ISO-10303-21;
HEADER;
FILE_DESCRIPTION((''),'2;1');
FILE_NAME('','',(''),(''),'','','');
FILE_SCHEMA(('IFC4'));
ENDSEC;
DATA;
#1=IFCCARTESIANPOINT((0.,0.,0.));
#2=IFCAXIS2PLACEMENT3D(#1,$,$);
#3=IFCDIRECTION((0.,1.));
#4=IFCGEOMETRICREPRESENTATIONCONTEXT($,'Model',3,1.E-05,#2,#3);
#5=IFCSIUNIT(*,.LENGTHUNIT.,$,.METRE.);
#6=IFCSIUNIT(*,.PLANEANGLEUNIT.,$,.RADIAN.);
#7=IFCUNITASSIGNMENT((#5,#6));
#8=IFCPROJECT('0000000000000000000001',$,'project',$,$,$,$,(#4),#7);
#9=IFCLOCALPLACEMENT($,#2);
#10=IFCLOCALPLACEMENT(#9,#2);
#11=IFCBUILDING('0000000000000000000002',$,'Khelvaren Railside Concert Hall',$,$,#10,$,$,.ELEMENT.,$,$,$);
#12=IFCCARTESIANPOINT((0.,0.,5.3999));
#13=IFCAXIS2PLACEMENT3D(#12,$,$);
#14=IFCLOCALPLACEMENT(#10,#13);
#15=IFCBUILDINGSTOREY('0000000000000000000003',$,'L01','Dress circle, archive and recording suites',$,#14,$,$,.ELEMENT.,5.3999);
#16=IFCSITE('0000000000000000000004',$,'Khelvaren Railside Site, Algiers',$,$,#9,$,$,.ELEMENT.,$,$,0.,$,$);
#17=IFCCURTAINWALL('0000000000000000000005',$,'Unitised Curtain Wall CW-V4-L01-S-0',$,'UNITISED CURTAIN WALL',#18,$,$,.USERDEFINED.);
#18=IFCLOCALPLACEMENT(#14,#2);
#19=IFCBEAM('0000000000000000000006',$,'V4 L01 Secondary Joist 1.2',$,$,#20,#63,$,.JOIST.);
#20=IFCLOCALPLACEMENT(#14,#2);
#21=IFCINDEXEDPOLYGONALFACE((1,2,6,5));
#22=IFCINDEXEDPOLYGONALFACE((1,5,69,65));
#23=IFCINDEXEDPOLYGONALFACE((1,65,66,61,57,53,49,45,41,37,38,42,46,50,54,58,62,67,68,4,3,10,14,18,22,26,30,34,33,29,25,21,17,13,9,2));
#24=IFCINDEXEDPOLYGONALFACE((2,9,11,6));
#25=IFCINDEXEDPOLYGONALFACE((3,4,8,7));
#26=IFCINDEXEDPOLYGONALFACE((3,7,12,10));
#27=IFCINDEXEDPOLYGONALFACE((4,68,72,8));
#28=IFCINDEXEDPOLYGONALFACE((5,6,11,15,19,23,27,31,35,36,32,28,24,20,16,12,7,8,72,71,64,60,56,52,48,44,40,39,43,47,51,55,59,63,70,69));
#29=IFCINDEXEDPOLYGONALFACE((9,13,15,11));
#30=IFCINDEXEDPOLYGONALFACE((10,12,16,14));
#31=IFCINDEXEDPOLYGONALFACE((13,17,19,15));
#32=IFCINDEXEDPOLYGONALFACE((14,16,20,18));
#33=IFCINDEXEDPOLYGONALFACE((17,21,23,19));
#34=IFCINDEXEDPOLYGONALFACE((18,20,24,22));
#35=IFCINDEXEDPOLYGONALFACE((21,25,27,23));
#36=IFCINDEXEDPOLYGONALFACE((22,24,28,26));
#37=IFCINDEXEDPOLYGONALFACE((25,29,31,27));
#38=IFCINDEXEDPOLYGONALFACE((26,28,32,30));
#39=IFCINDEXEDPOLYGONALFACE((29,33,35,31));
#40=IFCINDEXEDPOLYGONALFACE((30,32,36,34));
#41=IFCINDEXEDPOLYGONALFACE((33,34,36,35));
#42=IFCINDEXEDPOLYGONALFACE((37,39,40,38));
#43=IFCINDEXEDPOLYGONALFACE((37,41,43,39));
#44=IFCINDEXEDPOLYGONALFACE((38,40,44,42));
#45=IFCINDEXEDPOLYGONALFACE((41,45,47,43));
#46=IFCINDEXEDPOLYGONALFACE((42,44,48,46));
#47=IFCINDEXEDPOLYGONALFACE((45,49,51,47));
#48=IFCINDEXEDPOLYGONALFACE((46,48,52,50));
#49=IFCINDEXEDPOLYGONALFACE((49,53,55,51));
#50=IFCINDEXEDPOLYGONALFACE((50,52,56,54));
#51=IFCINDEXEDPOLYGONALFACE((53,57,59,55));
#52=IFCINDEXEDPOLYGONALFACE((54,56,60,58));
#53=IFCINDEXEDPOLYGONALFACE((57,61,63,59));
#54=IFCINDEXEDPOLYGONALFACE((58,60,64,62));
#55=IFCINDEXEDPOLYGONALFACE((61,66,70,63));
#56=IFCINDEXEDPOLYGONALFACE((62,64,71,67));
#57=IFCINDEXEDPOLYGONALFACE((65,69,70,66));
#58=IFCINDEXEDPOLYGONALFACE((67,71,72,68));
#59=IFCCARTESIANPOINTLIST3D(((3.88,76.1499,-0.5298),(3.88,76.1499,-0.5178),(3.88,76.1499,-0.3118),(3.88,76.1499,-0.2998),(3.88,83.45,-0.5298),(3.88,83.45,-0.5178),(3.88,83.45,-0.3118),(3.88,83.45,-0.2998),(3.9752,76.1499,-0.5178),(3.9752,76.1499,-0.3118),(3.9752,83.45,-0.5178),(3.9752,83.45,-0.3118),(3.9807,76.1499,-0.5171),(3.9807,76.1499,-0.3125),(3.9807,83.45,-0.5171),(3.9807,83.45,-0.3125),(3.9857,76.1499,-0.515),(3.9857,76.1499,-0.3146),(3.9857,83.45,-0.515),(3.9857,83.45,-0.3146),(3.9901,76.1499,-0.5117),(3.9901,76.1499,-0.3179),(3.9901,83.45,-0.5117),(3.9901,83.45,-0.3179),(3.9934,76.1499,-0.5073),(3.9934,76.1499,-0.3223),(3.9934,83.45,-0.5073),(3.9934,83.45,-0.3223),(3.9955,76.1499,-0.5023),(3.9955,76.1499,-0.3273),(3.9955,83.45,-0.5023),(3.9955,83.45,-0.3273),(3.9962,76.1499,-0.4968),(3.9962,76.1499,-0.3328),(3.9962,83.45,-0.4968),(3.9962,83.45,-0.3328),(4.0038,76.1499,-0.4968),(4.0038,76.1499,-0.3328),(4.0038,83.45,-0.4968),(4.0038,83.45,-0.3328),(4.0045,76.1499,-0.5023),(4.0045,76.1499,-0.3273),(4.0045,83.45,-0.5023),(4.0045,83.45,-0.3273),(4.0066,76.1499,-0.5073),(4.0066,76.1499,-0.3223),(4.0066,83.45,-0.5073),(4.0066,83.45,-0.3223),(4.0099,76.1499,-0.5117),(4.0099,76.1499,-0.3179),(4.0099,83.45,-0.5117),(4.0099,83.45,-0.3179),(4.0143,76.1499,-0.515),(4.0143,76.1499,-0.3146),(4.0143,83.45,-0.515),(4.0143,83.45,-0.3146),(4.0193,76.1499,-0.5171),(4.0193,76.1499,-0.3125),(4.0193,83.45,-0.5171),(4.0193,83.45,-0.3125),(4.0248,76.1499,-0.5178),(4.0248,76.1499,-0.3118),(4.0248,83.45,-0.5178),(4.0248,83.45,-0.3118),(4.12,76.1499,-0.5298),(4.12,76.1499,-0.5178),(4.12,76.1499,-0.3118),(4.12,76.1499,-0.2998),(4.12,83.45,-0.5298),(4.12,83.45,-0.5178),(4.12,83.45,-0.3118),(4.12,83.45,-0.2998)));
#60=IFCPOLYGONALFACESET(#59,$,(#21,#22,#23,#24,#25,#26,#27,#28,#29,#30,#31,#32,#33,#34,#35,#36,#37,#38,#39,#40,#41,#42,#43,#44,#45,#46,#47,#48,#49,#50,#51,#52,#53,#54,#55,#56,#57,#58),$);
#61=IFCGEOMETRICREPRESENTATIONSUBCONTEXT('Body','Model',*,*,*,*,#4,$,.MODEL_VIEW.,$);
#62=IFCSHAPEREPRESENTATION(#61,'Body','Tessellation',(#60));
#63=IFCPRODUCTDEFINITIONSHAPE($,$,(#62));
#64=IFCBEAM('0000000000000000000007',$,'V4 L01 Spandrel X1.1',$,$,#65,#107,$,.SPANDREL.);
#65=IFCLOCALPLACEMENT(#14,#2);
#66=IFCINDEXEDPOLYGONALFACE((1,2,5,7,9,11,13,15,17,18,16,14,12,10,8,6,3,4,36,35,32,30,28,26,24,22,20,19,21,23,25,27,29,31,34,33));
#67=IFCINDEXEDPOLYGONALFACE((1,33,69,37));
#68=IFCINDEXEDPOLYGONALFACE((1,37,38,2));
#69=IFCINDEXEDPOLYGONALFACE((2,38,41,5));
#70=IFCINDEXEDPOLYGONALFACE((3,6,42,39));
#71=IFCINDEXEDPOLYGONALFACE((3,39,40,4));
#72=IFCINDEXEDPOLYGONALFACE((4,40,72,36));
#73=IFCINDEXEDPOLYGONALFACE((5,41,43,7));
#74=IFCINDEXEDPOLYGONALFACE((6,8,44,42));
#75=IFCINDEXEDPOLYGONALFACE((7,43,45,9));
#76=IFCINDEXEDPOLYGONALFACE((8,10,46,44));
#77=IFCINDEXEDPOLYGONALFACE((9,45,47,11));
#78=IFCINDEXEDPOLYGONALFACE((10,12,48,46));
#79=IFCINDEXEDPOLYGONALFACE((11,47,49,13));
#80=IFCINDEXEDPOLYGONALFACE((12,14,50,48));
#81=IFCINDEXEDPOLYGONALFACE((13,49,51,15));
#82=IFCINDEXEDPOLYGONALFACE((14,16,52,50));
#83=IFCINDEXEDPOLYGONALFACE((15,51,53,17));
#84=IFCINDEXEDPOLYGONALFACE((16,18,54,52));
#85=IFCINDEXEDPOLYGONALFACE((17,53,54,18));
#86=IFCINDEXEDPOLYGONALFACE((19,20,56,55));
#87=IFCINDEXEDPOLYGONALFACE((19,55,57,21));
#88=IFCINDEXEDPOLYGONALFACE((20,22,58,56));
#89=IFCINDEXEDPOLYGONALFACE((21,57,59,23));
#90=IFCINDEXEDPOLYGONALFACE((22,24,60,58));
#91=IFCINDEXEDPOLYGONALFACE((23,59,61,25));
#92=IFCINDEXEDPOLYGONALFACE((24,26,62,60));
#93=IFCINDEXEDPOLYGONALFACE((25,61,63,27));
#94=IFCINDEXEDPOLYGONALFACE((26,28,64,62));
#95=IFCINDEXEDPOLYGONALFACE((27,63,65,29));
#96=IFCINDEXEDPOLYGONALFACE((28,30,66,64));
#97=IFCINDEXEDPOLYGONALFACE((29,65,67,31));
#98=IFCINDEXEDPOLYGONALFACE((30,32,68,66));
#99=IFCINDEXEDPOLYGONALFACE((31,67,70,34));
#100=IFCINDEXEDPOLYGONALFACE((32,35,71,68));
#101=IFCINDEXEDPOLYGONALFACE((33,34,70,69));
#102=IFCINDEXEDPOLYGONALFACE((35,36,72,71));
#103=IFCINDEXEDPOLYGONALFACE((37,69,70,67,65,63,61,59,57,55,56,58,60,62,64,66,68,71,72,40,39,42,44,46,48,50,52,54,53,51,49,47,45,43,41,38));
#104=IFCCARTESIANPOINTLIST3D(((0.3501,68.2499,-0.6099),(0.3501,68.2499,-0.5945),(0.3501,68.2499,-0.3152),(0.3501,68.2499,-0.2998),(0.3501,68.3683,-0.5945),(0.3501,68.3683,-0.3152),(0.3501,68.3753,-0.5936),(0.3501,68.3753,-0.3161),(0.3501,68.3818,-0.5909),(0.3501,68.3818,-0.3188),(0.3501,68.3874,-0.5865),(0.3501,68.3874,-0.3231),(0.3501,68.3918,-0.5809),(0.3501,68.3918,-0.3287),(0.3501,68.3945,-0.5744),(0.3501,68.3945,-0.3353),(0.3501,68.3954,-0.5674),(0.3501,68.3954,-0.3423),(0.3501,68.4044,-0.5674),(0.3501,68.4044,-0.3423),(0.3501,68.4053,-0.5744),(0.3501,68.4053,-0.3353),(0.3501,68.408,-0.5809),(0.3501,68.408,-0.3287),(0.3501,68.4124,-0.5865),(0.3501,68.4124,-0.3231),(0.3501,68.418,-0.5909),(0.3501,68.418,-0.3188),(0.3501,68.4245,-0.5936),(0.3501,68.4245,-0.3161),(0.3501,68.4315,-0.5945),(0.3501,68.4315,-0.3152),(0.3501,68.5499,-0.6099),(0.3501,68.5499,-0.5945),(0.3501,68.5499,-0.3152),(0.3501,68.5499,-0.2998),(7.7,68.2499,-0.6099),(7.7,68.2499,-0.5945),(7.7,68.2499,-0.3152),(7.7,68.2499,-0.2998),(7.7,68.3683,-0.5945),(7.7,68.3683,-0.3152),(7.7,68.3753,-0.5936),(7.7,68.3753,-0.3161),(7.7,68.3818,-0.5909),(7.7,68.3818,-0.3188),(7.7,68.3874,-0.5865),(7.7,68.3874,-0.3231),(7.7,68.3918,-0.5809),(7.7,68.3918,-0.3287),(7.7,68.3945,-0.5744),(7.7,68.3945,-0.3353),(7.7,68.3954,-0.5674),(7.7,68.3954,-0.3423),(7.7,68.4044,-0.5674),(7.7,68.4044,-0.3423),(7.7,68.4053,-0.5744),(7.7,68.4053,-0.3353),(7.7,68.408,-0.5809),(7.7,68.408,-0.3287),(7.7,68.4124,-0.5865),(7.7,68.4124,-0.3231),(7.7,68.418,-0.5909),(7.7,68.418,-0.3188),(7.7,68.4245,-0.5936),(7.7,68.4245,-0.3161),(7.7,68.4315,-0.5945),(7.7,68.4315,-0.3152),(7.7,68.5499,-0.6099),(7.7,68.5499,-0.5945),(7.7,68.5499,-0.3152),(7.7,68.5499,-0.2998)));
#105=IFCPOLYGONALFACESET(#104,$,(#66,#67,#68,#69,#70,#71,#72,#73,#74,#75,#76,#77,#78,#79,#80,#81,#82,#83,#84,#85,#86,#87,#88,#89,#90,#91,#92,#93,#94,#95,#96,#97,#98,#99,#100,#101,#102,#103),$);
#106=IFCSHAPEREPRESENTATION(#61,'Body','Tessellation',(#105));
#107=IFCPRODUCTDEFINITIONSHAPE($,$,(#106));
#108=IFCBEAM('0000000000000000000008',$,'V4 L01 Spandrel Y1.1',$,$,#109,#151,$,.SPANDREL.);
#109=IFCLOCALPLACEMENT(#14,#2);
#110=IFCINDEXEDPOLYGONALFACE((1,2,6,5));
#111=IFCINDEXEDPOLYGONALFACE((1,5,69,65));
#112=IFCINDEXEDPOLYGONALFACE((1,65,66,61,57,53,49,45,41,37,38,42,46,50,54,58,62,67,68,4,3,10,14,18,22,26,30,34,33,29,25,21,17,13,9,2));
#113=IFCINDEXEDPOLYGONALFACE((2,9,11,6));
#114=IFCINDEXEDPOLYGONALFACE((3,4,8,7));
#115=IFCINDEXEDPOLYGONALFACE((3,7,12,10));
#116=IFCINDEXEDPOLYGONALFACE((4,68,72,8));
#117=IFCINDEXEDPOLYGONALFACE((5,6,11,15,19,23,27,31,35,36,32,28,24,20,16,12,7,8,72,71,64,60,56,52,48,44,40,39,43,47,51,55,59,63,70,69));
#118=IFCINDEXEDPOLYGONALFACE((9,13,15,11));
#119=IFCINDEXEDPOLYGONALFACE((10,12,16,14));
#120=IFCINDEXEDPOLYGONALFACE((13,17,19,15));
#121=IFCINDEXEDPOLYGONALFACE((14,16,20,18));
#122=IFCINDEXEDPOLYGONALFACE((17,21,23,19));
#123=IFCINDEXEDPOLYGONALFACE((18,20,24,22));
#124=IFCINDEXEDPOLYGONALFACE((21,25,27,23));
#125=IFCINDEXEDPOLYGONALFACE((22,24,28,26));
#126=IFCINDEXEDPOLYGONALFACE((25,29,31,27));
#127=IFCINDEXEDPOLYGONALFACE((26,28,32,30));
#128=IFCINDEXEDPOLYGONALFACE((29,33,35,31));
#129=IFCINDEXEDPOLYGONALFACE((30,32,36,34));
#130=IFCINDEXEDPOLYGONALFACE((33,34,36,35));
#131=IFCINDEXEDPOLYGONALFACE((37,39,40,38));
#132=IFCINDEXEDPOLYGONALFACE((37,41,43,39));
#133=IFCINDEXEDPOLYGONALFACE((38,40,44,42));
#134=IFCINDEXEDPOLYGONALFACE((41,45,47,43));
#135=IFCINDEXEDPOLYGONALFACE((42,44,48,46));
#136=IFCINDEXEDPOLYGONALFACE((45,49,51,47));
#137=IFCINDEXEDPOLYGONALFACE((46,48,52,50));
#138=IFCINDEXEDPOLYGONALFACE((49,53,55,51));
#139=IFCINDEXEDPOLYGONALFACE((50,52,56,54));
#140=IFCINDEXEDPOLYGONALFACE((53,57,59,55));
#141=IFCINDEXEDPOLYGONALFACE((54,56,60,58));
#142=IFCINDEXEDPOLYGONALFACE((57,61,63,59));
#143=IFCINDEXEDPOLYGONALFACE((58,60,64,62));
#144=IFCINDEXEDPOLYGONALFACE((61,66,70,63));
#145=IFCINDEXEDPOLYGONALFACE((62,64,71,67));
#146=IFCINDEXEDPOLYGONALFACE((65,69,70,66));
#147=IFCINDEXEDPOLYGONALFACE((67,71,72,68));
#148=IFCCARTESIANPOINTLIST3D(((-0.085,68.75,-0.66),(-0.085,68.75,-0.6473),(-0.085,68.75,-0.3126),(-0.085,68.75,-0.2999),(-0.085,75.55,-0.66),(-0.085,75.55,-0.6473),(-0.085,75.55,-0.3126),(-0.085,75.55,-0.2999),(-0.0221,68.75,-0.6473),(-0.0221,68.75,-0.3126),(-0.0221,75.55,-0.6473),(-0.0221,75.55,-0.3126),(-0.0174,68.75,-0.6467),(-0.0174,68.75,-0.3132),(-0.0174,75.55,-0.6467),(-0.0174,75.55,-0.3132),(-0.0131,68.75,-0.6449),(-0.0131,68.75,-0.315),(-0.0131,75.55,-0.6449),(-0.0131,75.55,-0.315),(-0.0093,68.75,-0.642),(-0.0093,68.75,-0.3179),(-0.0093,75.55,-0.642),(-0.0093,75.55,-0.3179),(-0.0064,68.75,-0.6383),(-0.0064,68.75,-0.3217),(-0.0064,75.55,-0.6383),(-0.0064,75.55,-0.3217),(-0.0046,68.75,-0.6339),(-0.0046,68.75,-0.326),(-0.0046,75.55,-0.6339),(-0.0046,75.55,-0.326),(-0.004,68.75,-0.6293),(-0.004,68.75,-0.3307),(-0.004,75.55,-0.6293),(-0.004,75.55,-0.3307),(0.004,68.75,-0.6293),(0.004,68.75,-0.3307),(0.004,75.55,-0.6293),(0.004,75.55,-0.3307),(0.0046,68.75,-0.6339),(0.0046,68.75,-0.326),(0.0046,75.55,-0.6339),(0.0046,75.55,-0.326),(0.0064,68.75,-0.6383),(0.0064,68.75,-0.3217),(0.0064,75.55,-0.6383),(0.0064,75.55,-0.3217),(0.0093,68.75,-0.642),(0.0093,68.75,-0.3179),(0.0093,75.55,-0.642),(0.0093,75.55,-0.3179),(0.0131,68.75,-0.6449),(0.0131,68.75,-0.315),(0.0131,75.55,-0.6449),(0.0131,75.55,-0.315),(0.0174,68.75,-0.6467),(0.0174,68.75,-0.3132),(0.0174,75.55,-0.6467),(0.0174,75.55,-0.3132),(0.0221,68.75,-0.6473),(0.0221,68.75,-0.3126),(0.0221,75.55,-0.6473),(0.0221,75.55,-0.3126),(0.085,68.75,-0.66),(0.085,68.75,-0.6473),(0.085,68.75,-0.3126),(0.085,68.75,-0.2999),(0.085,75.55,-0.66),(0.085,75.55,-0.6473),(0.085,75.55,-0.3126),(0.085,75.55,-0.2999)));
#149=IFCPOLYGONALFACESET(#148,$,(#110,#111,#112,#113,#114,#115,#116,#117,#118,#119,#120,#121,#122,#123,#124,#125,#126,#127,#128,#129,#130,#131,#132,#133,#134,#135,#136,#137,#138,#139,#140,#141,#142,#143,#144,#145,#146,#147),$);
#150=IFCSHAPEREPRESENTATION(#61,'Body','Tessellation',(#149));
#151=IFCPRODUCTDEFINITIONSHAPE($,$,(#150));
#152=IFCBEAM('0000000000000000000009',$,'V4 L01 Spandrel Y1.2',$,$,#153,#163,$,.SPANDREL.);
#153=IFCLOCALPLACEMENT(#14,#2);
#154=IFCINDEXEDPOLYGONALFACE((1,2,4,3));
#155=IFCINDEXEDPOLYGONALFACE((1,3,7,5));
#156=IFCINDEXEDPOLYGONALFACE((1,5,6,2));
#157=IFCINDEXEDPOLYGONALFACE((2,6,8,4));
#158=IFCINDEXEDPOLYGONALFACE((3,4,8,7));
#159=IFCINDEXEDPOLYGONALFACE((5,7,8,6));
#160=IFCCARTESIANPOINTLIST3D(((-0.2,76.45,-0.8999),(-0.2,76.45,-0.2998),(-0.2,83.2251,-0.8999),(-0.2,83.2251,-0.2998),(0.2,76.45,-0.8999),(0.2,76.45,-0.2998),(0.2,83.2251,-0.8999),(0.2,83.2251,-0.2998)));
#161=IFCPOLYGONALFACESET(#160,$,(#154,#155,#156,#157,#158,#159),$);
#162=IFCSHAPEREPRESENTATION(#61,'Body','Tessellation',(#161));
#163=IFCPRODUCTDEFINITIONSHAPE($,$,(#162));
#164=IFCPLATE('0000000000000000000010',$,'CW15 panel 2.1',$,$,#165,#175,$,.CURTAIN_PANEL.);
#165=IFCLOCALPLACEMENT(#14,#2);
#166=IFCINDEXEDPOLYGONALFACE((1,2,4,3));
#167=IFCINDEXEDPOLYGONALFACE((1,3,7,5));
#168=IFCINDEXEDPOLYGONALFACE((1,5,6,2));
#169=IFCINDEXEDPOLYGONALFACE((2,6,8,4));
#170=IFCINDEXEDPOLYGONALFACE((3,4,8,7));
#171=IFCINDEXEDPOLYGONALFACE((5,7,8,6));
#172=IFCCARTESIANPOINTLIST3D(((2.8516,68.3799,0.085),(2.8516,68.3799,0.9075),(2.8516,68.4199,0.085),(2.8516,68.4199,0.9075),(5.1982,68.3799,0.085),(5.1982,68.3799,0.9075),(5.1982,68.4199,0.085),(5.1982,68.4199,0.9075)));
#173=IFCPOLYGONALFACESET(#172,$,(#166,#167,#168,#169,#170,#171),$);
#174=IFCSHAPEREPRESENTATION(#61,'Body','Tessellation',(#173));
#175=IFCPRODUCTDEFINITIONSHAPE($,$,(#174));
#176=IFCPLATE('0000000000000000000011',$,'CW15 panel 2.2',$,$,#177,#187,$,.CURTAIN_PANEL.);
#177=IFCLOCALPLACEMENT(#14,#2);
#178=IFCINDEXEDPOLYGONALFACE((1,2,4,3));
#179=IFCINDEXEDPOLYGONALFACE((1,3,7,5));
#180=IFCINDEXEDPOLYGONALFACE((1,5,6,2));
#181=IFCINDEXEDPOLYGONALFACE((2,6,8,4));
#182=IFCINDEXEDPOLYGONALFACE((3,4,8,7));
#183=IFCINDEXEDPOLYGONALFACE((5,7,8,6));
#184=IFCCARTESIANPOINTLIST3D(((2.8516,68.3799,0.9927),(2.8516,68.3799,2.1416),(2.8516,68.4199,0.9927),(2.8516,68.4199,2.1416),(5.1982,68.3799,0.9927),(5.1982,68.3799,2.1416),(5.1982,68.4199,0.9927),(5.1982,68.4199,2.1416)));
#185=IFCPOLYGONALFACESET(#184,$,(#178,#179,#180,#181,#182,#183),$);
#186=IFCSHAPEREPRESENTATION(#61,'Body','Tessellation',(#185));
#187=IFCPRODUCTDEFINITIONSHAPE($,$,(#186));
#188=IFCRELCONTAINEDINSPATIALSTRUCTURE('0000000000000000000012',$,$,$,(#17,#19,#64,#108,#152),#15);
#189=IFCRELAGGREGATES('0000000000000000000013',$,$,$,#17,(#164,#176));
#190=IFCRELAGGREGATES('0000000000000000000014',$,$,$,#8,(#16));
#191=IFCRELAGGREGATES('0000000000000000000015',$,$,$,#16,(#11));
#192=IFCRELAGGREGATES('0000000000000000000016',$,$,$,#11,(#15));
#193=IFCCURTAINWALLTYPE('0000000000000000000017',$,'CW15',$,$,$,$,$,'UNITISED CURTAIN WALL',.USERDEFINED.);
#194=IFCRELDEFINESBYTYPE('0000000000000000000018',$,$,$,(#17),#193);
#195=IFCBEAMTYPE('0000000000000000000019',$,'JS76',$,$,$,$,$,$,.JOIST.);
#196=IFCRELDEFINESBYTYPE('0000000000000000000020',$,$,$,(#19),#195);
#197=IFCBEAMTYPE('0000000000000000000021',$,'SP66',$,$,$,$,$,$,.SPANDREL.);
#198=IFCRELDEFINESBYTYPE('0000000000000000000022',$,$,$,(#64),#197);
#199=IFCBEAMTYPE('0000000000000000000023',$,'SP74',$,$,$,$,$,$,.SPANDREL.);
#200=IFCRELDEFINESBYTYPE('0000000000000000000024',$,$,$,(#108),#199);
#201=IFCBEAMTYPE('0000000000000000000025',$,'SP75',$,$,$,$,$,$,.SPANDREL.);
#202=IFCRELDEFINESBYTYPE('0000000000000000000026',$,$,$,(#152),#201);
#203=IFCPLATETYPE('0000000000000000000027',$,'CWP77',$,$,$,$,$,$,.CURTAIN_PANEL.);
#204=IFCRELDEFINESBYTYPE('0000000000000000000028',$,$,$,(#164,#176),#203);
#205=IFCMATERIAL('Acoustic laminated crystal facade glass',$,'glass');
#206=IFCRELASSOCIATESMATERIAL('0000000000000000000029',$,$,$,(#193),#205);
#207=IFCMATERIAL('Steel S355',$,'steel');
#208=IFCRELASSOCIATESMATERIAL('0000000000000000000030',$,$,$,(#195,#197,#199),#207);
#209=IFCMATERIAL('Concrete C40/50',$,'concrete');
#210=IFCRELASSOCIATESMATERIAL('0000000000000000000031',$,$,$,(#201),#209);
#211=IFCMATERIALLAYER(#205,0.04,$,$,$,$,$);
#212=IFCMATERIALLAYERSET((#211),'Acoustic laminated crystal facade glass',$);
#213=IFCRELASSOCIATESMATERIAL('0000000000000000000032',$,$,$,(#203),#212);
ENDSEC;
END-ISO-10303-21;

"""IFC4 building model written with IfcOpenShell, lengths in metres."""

from ifc_helpers import new_model, si_unit, direction, frame, origin, origin_2d, place, context, subcontext, project, spatial, rectangle, i_section, extrude, material, layer, layer_set, material_profile, profile_set, type_object, element, aggregate, save


model = new_model("IFC4")

# Units and contexts
model_context = context("Model", 3, precision=1e-05, world=origin(), true_north=direction((0.0, 1.0)))
body_context = subcontext(model_context, "Body", "Model", "MODEL_VIEW")
ifc_project = project(units=[si_unit("LENGTHUNIT", "METRE"), si_unit("PLANEANGLEUNIT", "RADIAN")], contexts=[model_context])

# Site, building, storey
site_placement = place(None, origin())
site = spatial("IfcSite", under=ifc_project, at=site_placement, Name="Khelvaren Railside Site, Algiers", CompositionType="ELEMENT", RefElevation=0.0)
building_placement = place(site_placement, origin())
building = spatial("IfcBuilding", under=site, at=building_placement, Name="Khelvaren Railside Concert Hall", CompositionType="ELEMENT")
storey_placement = place(building_placement, frame((0.0, 0.0, 5.3999)))
storey = spatial("IfcBuildingStorey", under=building, at=storey_placement, Name="L01", Description="Dress circle, archive and recording suites", CompositionType="ELEMENT", Elevation=5.3999)

# Shared definitions
ifc_material_1 = material(Name="Steel S355", Category="steel")

# Curtain wall
ifc_material_2 = material(Name="Acoustic laminated crystal facade glass", Category="glass")
curtain_wall_type = type_object("IfcCurtainWallType", Name="CW15", ElementType="UNITISED CURTAIN WALL", PredefinedType="USERDEFINED", material=ifc_material_2)
curtain_wall_placement = place(storey_placement, origin())
curtain_wall = element("IfcCurtainWall", 1, at=curtain_wall_placement, inside=storey, type_object=curtain_wall_type, Name="Unitised Curtain Wall CW-V4-L01-S-0", ObjectType="UNITISED CURTAIN WALL", PredefinedType="USERDEFINED")

# Beams
ifc_material_profile_1 = material_profile(ifc_material_1, i_section(OverallWidth=0.24, OverallDepth=0.23, WebThickness=0.0076, FlangeThickness=0.012, FilletRadius=0.021, at=origin_2d()), Name="HEA 240")
ifc_profile_set_1 = profile_set([ifc_material_profile_1], Name="Steel S355")
beam_type_1 = type_object("IfcBeamType", Name="JS76", PredefinedType="JOIST", material=ifc_profile_set_1)
beam_1_placement = place(storey_placement, frame((4.0, 76.1499, -0.4148), z_axis=(0.0, 1.0, 0.0), x_axis=(-1.0, 0.0, 0.0)))
element("IfcBeam", 2, at=beam_1_placement, inside=storey, type_object=beam_type_1, Name="V4 L01 Secondary Joist 1.2", PredefinedType="JOIST", context=body_context, shape_type="SweptSolid", body=[
    extrude(i_section(OverallWidth=0.24, OverallDepth=0.23, WebThickness=0.0076, FlangeThickness=0.012, FilletRadius=0.021, at=origin_2d()), origin(), (0.0, 0.0, 1.0), 7.3),
])
ifc_material_profile_2 = material_profile(ifc_material_1, i_section(OverallWidth=0.3, OverallDepth=0.3101, WebThickness=0.009, FlangeThickness=0.0154, FilletRadius=0.0271, at=origin_2d()), Name="HEA 320")
ifc_profile_set_2 = profile_set([ifc_material_profile_2], Name="Steel S355")
beam_type_2 = type_object("IfcBeamType", Name="SP66", PredefinedType="SPANDREL", material=ifc_profile_set_2)
beam_2_placement = place(storey_placement, frame((0.3501, 68.3999, -0.4548), z_axis=(1.0, 0.0, 0.0), x_axis=(0.0, 1.0, 0.0)))
element("IfcBeam", 3, at=beam_2_placement, inside=storey, type_object=beam_type_2, Name="V4 L01 Spandrel X1.1", PredefinedType="SPANDREL", context=body_context, shape_type="SweptSolid", body=[
    extrude(i_section(OverallWidth=0.3, OverallDepth=0.3101, WebThickness=0.009, FlangeThickness=0.0154, FilletRadius=0.0271, at=origin_2d()), origin(), (0.0, 0.0, 1.0), 7.3499),
])
ifc_material_profile_3 = material_profile(ifc_material_1, i_section(OverallWidth=0.1699, OverallDepth=0.3601, WebThickness=0.0081, FlangeThickness=0.0127, FilletRadius=0.0181, at=origin_2d()), Name="IPE 360")
ifc_profile_set_3 = profile_set([ifc_material_profile_3], Name="Steel S355")
beam_type_3 = type_object("IfcBeamType", Name="SP74", PredefinedType="SPANDREL", material=ifc_profile_set_3)
beam_3_placement = place(storey_placement, frame((0.0, 68.75, -0.48), z_axis=(0.0, 1.0, 0.0), x_axis=(-1.0, 0.0, 0.0)))
element("IfcBeam", 4, at=beam_3_placement, inside=storey, type_object=beam_type_3, Name="V4 L01 Spandrel Y1.1", PredefinedType="SPANDREL", context=body_context, shape_type="SweptSolid", body=[
    extrude(i_section(OverallWidth=0.1699, OverallDepth=0.3601, WebThickness=0.0081, FlangeThickness=0.0127, FilletRadius=0.0181, at=origin_2d()), origin(), (0.0, 0.0, 1.0), 6.8),
])
ifc_material_3 = material(Name="Concrete C40/50", Category="concrete")
ifc_material_profile_4 = material_profile(ifc_material_3, rectangle(XDim=0.3999, YDim=0.6001, at=origin_2d()), Name="RCB 400x600")
ifc_profile_set_4 = profile_set([ifc_material_profile_4], Name="Concrete C40/50")
beam_type_4 = type_object("IfcBeamType", Name="SP75", PredefinedType="SPANDREL", material=ifc_profile_set_4)
beam_4_placement = place(storey_placement, frame((0.0, 76.45, -0.5999), z_axis=(0.0, 1.0, 0.0), x_axis=(-1.0, 0.0, 0.0)))
element("IfcBeam", 5, at=beam_4_placement, inside=storey, type_object=beam_type_4, Name="V4 L01 Spandrel Y1.2", PredefinedType="SPANDREL", context=body_context, shape_type="SweptSolid", body=[
    extrude(rectangle(XDim=0.3999, YDim=0.6001, at=origin_2d()), origin(), (0.0, 0.0, 1.0), 6.7751),
])

# Plates
ifc_layer_1 = layer(ifc_material_2, 0.04)
ifc_layer_set_1 = layer_set([ifc_layer_1], Name="Acoustic laminated crystal facade glass")
plate_type = type_object("IfcPlateType", Name="CWP77", PredefinedType="CURTAIN_PANEL", material=ifc_layer_set_1)
plate_1_placement = place(storey_placement, frame((4.0249, 68.3999, 0.085), z_axis=(0.0, 0.0, 1.0), x_axis=(-1.0, 0.0, 0.0)))
plate_1 = element("IfcPlate", 6, at=plate_1_placement, type_object=plate_type, Name="CW15 panel 2.1", PredefinedType="CURTAIN_PANEL", context=body_context, shape_type="SweptSolid", body=[
    extrude(rectangle(XDim=2.3467, YDim=0.04, at=origin_2d()), origin(), (0.0, 0.0, 1.0), 0.8225),
])
plate_2_placement = place(storey_placement, frame((4.0249, 68.3999, 0.9927), z_axis=(0.0, 0.0, 1.0), x_axis=(-1.0, 0.0, 0.0)))
plate_2 = element("IfcPlate", 7, at=plate_2_placement, type_object=plate_type, Name="CW15 panel 2.2", PredefinedType="CURTAIN_PANEL", context=body_context, shape_type="SweptSolid", body=[
    extrude(rectangle(XDim=2.3467, YDim=0.04, at=origin_2d()), origin(), (0.0, 0.0, 1.0), 1.1489),
])
aggregate(curtain_wall, [plate_1, plate_2])

save(model, "model.ifc")
